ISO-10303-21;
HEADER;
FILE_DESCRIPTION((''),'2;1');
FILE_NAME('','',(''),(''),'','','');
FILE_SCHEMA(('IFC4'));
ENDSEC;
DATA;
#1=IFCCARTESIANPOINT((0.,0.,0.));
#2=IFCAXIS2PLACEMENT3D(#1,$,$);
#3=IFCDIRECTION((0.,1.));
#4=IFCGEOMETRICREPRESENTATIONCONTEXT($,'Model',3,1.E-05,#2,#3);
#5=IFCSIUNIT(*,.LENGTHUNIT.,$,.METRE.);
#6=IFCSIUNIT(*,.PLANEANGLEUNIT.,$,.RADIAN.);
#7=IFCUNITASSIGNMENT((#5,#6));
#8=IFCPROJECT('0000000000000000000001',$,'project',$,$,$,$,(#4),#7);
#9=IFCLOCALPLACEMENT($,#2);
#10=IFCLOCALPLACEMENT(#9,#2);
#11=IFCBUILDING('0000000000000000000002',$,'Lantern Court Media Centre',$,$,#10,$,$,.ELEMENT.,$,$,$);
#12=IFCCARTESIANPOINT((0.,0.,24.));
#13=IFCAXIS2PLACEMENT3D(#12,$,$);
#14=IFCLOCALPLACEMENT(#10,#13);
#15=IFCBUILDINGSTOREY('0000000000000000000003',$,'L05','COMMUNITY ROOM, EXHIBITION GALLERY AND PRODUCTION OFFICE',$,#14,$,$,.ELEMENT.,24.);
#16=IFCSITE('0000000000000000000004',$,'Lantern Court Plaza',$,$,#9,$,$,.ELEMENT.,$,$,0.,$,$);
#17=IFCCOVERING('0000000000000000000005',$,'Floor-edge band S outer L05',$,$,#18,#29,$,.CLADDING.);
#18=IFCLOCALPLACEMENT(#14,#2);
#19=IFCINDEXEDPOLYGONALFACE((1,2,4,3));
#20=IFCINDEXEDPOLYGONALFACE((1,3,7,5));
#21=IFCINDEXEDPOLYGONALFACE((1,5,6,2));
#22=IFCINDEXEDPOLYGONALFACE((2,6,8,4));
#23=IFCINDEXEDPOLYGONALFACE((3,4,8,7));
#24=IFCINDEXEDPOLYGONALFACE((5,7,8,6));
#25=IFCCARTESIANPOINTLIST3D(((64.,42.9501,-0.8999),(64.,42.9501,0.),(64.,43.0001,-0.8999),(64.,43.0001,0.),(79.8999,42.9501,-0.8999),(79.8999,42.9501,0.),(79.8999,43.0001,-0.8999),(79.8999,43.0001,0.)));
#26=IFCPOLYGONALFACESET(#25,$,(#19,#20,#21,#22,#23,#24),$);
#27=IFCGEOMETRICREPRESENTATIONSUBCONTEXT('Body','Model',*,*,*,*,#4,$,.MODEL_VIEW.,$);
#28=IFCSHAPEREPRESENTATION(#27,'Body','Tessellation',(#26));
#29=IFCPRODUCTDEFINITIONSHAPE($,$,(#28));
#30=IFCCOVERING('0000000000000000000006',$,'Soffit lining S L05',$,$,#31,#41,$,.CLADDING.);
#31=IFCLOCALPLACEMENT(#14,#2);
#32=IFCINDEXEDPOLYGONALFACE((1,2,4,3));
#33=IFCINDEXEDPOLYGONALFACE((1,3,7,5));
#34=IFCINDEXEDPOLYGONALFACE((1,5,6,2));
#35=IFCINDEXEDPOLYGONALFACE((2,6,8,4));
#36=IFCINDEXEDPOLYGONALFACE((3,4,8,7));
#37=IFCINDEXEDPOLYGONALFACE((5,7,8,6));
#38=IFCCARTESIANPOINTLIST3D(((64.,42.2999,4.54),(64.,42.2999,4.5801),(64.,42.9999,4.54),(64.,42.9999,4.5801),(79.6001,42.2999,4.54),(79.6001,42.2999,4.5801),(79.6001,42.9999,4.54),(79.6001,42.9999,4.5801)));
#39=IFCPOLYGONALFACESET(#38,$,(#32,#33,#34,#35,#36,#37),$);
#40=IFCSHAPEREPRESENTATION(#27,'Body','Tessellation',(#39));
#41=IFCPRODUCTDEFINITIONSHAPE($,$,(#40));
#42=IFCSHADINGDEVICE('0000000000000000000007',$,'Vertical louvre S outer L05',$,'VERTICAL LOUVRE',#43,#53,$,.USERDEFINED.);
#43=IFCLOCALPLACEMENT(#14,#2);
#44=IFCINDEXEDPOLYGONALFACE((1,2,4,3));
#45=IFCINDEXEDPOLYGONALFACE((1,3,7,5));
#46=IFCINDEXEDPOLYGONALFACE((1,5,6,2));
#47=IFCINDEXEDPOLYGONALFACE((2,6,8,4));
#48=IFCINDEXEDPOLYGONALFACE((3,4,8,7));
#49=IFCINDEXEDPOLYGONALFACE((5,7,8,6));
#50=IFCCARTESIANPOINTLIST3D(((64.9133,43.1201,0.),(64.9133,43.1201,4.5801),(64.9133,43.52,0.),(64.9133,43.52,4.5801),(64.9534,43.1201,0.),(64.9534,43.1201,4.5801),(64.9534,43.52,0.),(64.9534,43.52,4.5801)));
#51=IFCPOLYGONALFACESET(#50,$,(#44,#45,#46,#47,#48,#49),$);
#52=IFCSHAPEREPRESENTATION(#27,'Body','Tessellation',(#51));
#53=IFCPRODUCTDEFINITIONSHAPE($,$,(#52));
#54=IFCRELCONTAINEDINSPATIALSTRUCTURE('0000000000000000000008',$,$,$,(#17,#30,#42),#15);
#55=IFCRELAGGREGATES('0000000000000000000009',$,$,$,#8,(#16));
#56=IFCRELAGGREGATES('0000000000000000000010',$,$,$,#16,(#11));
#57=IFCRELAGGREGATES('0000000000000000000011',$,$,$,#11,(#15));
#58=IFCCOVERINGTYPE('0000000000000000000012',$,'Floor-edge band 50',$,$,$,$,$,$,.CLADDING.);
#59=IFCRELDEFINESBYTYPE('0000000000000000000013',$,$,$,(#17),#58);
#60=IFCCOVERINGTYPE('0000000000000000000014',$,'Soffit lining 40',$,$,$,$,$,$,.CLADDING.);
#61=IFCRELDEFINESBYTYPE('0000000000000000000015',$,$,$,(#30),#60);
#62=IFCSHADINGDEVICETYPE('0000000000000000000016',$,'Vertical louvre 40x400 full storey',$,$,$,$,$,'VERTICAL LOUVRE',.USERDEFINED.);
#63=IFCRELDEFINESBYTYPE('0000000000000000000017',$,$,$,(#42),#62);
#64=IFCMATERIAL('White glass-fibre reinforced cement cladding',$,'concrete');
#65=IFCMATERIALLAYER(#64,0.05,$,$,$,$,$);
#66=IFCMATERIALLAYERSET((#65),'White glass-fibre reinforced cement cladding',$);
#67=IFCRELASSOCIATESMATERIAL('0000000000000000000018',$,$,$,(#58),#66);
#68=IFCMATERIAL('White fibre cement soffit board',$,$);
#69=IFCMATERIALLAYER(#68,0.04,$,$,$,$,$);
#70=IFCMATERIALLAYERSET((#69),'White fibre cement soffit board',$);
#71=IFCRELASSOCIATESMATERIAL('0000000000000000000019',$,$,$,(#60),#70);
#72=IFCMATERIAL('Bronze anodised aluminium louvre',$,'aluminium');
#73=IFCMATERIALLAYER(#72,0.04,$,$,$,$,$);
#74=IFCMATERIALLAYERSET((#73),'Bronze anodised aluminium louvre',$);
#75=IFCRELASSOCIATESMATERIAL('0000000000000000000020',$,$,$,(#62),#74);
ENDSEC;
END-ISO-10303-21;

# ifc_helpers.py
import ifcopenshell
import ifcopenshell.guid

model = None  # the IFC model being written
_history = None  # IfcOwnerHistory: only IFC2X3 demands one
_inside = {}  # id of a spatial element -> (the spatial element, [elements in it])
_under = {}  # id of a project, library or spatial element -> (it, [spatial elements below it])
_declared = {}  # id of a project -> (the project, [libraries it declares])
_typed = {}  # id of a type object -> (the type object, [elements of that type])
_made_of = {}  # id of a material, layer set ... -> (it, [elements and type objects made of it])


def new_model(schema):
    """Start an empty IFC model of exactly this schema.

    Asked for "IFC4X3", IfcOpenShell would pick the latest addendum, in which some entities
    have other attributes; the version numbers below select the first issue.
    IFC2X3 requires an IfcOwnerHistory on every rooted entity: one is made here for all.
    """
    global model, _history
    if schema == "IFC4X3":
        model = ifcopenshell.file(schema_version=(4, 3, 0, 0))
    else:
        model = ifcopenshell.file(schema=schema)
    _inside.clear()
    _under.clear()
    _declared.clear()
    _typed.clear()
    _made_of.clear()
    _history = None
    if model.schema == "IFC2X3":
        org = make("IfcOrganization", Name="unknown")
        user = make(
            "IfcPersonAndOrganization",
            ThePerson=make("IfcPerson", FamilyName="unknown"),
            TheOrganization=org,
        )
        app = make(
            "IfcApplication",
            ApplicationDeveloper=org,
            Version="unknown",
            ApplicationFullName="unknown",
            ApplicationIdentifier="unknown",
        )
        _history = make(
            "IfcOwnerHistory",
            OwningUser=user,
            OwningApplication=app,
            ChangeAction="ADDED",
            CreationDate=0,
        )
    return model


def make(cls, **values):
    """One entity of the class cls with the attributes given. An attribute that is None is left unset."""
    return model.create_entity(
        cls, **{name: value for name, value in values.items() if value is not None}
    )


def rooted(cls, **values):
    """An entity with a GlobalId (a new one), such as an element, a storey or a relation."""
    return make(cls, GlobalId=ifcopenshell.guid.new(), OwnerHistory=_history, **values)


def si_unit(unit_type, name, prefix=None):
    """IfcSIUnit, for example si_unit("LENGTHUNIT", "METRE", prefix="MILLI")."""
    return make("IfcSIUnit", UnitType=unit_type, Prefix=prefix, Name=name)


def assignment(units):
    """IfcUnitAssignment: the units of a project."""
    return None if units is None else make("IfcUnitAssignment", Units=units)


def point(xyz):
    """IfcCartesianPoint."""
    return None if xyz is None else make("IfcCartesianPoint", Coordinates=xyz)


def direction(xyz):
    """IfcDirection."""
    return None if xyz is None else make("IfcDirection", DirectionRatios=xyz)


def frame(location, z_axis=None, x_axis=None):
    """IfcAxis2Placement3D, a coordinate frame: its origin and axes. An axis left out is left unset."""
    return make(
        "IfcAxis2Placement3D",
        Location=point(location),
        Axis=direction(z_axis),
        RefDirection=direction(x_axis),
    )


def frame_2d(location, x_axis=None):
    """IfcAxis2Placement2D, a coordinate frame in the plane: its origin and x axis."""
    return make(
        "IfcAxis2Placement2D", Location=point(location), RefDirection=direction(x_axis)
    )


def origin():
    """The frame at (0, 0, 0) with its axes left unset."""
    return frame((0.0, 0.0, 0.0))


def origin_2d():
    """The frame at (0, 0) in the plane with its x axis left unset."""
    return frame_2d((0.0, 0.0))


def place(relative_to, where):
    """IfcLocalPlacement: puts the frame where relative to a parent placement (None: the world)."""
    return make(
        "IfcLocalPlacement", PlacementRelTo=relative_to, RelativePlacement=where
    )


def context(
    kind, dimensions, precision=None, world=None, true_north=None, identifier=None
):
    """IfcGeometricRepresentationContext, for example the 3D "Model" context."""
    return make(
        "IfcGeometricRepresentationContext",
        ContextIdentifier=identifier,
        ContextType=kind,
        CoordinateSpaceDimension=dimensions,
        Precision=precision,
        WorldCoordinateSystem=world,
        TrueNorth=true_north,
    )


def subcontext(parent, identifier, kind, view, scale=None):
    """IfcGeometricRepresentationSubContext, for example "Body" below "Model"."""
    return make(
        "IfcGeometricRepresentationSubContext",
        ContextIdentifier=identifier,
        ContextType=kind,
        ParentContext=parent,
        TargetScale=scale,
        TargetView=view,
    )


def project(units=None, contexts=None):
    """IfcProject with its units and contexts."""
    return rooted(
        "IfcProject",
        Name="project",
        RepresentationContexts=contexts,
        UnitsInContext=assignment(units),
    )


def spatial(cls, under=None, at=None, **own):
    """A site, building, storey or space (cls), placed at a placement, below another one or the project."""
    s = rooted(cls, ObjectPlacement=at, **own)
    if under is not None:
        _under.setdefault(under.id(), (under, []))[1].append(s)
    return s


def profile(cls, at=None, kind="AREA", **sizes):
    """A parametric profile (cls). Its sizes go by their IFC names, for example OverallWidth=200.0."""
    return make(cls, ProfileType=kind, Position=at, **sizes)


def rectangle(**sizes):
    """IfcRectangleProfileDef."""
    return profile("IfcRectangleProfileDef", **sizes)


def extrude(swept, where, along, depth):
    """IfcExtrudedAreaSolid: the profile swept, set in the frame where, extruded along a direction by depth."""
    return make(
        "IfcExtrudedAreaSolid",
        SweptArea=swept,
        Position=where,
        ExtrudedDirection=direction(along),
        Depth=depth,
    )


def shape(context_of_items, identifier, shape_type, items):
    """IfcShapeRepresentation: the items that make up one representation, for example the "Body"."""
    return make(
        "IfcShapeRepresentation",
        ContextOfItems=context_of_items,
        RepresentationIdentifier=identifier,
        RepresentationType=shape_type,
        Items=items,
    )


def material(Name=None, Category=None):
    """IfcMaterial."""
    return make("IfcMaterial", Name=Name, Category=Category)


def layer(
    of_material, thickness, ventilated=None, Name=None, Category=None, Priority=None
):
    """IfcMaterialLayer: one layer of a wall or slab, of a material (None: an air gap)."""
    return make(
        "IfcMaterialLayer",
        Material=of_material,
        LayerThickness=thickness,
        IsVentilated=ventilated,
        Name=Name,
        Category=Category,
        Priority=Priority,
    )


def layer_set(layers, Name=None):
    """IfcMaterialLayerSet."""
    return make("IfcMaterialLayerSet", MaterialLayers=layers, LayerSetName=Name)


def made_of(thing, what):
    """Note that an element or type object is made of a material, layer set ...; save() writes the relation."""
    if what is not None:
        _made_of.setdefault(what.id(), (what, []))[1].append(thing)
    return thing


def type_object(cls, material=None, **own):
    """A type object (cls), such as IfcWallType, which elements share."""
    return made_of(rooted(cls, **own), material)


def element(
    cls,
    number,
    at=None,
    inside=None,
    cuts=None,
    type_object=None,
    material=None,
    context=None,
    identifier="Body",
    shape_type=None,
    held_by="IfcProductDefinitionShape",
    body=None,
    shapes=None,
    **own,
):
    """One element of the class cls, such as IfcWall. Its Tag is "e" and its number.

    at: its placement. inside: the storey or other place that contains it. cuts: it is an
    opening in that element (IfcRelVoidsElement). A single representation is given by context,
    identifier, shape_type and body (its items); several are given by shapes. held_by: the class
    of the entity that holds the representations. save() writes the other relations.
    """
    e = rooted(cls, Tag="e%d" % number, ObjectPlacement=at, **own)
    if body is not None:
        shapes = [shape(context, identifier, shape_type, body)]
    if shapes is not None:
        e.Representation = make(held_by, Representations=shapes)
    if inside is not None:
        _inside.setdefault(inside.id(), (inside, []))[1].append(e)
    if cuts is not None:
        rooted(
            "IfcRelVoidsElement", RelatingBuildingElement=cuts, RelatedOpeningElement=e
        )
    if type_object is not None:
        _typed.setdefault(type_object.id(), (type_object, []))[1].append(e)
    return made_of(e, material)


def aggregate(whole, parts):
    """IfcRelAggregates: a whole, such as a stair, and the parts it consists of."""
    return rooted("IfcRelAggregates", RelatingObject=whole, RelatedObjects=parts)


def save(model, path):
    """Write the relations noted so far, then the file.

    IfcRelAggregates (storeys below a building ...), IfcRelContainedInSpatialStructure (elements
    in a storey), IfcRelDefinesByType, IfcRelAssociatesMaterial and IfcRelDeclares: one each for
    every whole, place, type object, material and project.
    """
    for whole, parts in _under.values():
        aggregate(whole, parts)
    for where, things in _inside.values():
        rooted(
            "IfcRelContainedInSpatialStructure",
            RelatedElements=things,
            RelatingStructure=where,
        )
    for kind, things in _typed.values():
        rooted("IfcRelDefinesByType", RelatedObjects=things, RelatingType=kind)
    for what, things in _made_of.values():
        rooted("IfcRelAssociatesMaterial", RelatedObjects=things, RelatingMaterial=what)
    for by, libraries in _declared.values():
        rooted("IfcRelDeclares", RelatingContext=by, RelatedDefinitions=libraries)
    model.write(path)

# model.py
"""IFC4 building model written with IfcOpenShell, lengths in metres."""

from ifc_helpers import new_model, si_unit, direction, frame, frame_2d, origin, origin_2d, place, context, subcontext, project, spatial, rectangle, extrude, material, layer, layer_set, type_object, element, save


model = new_model("IFC4")

# Units and contexts
model_context = context("Model", 3, precision=1e-05, world=origin(), true_north=direction((0.0, 1.0)))
body_context = subcontext(model_context, "Body", "Model", "MODEL_VIEW")
ifc_project = project(units=[si_unit("LENGTHUNIT", "METRE"), si_unit("PLANEANGLEUNIT", "RADIAN")], contexts=[model_context])

# Site, building, storey
site_placement = place(None, origin())
site = spatial("IfcSite", under=ifc_project, at=site_placement, Name="Lantern Court Plaza", CompositionType="ELEMENT", RefElevation=0.0)
building_placement = place(site_placement, origin())
building = spatial("IfcBuilding", under=site, at=building_placement, Name="Lantern Court Media Centre", CompositionType="ELEMENT")
storey_placement = place(building_placement, frame((0.0, 0.0, 24.0)))
storey = spatial("IfcBuildingStorey", under=building, at=storey_placement, Name="L05", Description="COMMUNITY ROOM, EXHIBITION GALLERY AND PRODUCTION OFFICE", CompositionType="ELEMENT", Elevation=24.0)

# Coverings
ifc_material_1 = material(Name="White glass-fibre reinforced cement cladding", Category="concrete")
ifc_layer_1 = layer(ifc_material_1, 0.05)
ifc_layer_set_1 = layer_set([ifc_layer_1], Name="White glass-fibre reinforced cement cladding")
covering_type_1 = type_object("IfcCoveringType", Name="Floor-edge band 50", PredefinedType="CLADDING", material=ifc_layer_set_1)
covering_1_placement = place(storey_placement, frame((64.0, 42.9751, -0.8999), z_axis=(0.0, 0.0, 1.0), x_axis=(1.0, 0.0, 0.0)))
element("IfcCovering", 1, at=covering_1_placement, inside=storey, type_object=covering_type_1, Name="Floor-edge band S outer L05", PredefinedType="CLADDING", context=body_context, shape_type="SweptSolid", body=[
    extrude(rectangle(XDim=15.8999, YDim=0.05, at=frame_2d((7.95, 0.0))), origin(), (0.0, 0.0, 1.0), 0.8999),
])
ifc_material_2 = material(Name="White fibre cement soffit board")
ifc_layer_2 = layer(ifc_material_2, 0.04)
ifc_layer_set_2 = layer_set([ifc_layer_2], Name="White fibre cement soffit board")
covering_type_2 = type_object("IfcCoveringType", Name="Soffit lining 40", PredefinedType="CLADDING", material=ifc_layer_set_2)
covering_2_placement = place(storey_placement, frame((64.0, 42.6499, 4.54), z_axis=(0.0, 0.0, 1.0), x_axis=(1.0, 0.0, 0.0)))
element("IfcCovering", 2, at=covering_2_placement, inside=storey, type_object=covering_type_2, Name="Soffit lining S L05", PredefinedType="CLADDING", context=body_context, shape_type="SweptSolid", body=[
    extrude(rectangle(XDim=15.6001, YDim=0.7, at=frame_2d((7.8, 0.0))), origin(), (0.0, 0.0, 1.0), 0.04),
])

# Shading device
ifc_material_3 = material(Name="Bronze anodised aluminium louvre", Category="aluminium")
ifc_layer_3 = layer(ifc_material_3, 0.04)
ifc_layer_set_3 = layer_set([ifc_layer_3], Name="Bronze anodised aluminium louvre")
shading_device_type = type_object("IfcShadingDeviceType", Name="Vertical louvre 40x400 full storey", ElementType="VERTICAL LOUVRE", PredefinedType="USERDEFINED", material=ifc_layer_set_3)
shading_device_placement = place(storey_placement, frame((64.9333, 43.3201, 0.0), z_axis=(0.0, 0.0, 1.0), x_axis=(1.0, 0.0, 0.0)))
element("IfcShadingDevice", 3, at=shading_device_placement, inside=storey, type_object=shading_device_type, Name="Vertical louvre S outer L05", ObjectType="VERTICAL LOUVRE", PredefinedType="USERDEFINED", context=body_context, shape_type="SweptSolid", body=[
    extrude(rectangle(XDim=0.04, YDim=0.3999, at=origin_2d()), origin(), (0.0, 0.0, 1.0), 4.5801),
])

save(model, "model.ifc")
